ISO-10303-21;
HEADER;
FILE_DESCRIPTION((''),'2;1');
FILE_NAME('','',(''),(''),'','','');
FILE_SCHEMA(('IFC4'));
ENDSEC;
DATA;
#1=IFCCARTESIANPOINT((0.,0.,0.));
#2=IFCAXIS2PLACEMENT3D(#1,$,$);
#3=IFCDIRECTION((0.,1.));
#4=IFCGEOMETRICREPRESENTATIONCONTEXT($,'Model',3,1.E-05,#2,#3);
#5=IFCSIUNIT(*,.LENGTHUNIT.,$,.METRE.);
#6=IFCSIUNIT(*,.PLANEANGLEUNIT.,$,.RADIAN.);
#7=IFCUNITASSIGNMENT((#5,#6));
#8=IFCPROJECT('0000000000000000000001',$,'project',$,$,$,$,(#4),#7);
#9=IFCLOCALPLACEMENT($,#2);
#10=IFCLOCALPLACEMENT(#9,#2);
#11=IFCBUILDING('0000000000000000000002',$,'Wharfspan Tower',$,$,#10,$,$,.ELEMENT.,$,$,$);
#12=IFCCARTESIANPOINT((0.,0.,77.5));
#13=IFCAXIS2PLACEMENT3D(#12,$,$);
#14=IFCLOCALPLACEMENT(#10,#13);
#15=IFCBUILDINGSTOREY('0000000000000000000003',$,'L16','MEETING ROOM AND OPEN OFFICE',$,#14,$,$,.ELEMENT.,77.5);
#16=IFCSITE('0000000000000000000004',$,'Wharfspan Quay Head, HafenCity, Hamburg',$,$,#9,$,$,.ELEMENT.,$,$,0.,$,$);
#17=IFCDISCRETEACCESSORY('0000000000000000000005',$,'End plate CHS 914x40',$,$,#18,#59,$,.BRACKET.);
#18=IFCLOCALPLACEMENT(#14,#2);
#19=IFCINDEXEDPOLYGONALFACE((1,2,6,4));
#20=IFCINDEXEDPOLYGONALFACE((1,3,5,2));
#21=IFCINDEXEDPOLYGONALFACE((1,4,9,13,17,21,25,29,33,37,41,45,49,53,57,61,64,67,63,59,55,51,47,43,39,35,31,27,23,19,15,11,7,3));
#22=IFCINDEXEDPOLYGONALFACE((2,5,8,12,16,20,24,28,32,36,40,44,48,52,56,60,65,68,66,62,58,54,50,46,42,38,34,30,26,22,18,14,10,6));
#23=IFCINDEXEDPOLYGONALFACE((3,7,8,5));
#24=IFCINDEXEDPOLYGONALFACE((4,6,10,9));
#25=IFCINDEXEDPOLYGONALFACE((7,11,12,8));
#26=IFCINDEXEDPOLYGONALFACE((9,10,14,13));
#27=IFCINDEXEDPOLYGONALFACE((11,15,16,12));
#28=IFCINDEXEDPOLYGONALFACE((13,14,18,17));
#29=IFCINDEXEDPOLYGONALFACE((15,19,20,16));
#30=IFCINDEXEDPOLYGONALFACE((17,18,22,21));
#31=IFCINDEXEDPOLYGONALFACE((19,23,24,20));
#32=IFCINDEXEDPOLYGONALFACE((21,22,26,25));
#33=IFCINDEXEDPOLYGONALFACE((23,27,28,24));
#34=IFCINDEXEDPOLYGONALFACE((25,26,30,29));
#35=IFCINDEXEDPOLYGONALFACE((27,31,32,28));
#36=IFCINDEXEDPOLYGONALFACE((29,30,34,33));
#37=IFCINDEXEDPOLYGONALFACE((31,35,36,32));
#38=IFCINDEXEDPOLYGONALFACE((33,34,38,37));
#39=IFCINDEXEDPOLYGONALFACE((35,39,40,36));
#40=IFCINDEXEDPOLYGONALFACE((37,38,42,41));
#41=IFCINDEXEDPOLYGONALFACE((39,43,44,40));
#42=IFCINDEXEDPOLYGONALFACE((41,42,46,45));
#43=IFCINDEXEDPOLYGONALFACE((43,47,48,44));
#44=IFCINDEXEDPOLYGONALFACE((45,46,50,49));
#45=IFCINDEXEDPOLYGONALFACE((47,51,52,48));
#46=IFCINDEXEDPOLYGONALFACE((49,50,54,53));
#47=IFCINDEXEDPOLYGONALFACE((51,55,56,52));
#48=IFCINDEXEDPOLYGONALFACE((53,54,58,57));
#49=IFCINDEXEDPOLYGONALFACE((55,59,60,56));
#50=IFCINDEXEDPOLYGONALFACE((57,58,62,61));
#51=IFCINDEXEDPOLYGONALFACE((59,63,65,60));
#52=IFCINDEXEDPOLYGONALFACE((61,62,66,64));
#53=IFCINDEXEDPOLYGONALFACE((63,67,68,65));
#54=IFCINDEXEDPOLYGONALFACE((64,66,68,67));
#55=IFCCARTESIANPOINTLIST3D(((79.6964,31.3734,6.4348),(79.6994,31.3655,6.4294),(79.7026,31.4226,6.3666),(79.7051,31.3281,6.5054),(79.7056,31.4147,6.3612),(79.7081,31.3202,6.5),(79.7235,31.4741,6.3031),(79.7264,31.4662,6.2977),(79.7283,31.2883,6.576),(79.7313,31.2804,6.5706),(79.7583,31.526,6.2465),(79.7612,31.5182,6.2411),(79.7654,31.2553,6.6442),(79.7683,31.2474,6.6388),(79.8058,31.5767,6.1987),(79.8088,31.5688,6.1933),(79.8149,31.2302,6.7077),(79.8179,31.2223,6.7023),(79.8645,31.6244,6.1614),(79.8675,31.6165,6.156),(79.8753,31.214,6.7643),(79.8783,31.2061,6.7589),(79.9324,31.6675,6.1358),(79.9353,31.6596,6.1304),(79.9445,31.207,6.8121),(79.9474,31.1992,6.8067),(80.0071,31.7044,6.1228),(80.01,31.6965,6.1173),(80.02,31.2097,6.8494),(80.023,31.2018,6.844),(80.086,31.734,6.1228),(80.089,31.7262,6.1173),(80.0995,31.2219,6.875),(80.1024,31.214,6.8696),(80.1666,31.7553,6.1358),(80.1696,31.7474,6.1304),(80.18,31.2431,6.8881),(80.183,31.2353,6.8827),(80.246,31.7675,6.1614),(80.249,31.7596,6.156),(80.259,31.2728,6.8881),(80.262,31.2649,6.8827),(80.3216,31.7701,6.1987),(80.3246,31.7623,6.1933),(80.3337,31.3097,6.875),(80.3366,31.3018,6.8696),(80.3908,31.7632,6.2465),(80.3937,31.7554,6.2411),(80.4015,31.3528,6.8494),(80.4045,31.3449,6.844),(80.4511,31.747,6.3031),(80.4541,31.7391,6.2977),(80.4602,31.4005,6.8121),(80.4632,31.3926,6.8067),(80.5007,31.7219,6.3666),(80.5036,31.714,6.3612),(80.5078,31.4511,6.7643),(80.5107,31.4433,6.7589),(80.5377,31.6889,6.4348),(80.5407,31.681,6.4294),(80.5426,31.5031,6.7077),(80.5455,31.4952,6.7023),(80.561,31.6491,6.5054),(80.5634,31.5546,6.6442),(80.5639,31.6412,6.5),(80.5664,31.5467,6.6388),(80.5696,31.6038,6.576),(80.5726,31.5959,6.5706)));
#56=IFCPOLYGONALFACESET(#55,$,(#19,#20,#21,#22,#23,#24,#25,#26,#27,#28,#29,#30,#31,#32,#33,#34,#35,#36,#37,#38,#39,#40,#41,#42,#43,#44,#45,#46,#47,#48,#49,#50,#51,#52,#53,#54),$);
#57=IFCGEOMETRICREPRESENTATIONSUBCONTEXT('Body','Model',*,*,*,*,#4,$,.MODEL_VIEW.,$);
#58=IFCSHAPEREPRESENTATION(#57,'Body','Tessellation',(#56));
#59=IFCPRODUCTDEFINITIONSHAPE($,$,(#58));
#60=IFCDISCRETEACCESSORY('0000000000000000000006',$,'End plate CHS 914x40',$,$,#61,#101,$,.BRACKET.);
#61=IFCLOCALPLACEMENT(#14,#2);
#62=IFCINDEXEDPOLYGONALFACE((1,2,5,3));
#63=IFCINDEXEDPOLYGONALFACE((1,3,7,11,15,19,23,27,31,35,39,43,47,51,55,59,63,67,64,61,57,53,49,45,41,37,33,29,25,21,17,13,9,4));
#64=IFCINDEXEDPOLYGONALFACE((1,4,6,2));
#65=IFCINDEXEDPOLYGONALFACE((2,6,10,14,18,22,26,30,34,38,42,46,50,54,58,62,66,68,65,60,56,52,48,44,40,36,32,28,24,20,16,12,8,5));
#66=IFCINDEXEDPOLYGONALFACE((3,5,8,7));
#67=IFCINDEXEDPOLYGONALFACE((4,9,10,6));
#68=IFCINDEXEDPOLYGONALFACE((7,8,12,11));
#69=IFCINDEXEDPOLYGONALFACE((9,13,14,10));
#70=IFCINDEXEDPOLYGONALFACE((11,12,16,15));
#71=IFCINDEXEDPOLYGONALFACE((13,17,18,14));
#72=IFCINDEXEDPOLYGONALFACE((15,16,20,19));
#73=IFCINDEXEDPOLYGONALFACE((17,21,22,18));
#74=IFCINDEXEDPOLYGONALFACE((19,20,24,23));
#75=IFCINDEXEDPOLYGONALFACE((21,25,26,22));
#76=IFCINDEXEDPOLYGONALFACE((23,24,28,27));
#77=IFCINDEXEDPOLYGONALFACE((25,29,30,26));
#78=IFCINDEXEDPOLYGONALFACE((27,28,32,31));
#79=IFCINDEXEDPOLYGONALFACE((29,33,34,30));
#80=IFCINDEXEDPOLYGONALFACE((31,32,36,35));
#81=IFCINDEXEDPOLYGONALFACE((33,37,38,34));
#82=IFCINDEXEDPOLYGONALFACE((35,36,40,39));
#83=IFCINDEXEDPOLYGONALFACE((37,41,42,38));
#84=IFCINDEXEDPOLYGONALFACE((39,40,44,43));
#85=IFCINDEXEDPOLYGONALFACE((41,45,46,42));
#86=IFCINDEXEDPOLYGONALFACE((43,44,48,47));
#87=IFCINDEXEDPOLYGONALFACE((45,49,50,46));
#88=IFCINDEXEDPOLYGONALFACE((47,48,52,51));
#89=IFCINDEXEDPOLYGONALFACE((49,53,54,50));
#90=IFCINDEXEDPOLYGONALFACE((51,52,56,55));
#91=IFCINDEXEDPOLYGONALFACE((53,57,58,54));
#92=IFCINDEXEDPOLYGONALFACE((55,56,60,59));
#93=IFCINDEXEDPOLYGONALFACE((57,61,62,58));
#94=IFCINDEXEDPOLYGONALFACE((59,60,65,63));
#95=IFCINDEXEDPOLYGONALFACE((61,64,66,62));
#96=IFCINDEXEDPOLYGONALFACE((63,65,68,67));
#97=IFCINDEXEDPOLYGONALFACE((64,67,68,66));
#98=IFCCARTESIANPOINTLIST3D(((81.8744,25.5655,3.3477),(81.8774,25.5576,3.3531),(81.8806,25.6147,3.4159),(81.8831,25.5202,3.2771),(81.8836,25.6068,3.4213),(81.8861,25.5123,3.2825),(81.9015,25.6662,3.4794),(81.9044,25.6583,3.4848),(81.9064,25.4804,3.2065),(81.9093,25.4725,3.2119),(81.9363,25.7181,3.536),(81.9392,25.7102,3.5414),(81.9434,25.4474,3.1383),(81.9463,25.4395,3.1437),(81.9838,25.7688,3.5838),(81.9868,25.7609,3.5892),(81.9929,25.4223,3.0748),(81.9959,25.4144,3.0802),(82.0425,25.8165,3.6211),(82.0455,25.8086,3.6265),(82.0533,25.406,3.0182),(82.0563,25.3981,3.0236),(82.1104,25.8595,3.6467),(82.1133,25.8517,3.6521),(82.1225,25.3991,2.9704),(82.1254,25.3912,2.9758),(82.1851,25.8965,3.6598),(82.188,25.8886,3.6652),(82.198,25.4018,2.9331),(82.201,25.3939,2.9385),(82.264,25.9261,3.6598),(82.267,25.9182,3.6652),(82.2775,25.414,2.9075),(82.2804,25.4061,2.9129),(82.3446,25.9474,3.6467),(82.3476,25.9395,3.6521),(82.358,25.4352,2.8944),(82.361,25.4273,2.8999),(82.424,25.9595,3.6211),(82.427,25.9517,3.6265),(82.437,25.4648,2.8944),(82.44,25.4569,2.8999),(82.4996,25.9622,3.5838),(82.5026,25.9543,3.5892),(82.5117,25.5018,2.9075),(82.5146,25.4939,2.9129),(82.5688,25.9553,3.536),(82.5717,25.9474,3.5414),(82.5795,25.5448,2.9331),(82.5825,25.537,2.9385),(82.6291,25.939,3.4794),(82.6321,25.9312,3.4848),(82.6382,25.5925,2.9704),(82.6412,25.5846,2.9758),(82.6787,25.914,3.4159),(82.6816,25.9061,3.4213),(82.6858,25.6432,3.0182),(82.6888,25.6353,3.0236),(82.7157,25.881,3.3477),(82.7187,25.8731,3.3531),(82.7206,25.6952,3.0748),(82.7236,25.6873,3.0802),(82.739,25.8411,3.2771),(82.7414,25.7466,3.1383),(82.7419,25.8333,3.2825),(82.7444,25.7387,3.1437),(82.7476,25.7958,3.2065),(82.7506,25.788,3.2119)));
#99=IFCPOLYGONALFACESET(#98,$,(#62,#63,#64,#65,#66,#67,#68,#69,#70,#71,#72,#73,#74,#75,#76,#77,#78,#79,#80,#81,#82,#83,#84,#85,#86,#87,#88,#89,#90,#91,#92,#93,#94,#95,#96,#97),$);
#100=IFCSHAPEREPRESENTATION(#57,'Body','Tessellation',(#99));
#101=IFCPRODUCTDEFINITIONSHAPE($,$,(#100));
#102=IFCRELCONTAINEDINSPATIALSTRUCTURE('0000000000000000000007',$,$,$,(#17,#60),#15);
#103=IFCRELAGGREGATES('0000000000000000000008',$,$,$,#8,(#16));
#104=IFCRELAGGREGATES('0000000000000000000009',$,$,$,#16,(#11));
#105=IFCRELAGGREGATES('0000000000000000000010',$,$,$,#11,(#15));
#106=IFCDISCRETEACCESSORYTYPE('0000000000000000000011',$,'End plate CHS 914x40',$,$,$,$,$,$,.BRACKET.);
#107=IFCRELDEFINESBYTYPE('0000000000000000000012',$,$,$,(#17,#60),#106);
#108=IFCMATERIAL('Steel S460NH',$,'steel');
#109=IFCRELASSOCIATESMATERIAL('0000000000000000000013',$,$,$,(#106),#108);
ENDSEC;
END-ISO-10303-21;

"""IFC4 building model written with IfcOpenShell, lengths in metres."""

from ifc_helpers import new_model, si_unit, direction, frame, origin, origin_2d, place, context, subcontext, project, spatial, circle, extrude, material, material_profile, profile_set, type_object, element, save


model = new_model("IFC4")

# Units and contexts
model_context = context("Model", 3, precision=1e-05, world=origin(), true_north=direction((0.0, 1.0)))
body_context = subcontext(model_context, "Body", "Model", "MODEL_VIEW")
ifc_project = project(units=[si_unit("LENGTHUNIT", "METRE"), si_unit("PLANEANGLEUNIT", "RADIAN")], contexts=[model_context])

# Site, building, storey
site_placement = place(None, origin())
site = spatial("IfcSite", under=ifc_project, at=site_placement, Name="Wharfspan Quay Head, HafenCity, Hamburg", CompositionType="ELEMENT", RefElevation=0.0)
building_placement = place(site_placement, origin())
building = spatial("IfcBuilding", under=site, at=building_placement, Name="Wharfspan Tower", CompositionType="ELEMENT")
storey_placement = place(building_placement, frame((0.0, 0.0, 77.5)))
storey = spatial("IfcBuildingStorey", under=building, at=storey_placement, Name="L16", Description="MEETING ROOM AND OPEN OFFICE", CompositionType="ELEMENT", Elevation=77.5)

# Shared definitions
ifc_material_1 = material(Name="Steel S460NH", Category="steel")

# Discrete accessories
ifc_material_profile_1 = material_profile(ifc_material_1, circle(Radius=0.457, at=origin_2d()))
ifc_profile_set_1 = profile_set([ifc_material_profile_1], Name="Steel S460NH")
discrete_accessory_type = type_object("IfcDiscreteAccessoryType", Name="End plate CHS 914x40", PredefinedType="BRACKET", material=ifc_profile_set_1)
for number, where, z_axis, x_axis, name in (
    (1, (80.136, 31.4807, 6.5), (-0.295241, 0.787309, 0.541275), (-0.936333, -0.351125, 0.0), "End plate CHS 914x40"),
    (2, (82.311, 25.6807, 3.2771), (0.295241, -0.787309, 0.541275), (0.936333, 0.351125, 0.0), "End plate CHS 914x40"),
):
    element("IfcDiscreteAccessory", number, at=place(storey_placement, frame(where, z_axis=z_axis, x_axis=x_axis)), inside=storey, type_object=discrete_accessory_type, Name=name, PredefinedType="BRACKET", context=body_context, shape_type="SweptSolid", body=[
        extrude(circle(Radius=0.457, at=origin_2d()), origin(), (0.0, 0.0, 1.0), 0.01),
    ])

save(model, "model.ifc")
